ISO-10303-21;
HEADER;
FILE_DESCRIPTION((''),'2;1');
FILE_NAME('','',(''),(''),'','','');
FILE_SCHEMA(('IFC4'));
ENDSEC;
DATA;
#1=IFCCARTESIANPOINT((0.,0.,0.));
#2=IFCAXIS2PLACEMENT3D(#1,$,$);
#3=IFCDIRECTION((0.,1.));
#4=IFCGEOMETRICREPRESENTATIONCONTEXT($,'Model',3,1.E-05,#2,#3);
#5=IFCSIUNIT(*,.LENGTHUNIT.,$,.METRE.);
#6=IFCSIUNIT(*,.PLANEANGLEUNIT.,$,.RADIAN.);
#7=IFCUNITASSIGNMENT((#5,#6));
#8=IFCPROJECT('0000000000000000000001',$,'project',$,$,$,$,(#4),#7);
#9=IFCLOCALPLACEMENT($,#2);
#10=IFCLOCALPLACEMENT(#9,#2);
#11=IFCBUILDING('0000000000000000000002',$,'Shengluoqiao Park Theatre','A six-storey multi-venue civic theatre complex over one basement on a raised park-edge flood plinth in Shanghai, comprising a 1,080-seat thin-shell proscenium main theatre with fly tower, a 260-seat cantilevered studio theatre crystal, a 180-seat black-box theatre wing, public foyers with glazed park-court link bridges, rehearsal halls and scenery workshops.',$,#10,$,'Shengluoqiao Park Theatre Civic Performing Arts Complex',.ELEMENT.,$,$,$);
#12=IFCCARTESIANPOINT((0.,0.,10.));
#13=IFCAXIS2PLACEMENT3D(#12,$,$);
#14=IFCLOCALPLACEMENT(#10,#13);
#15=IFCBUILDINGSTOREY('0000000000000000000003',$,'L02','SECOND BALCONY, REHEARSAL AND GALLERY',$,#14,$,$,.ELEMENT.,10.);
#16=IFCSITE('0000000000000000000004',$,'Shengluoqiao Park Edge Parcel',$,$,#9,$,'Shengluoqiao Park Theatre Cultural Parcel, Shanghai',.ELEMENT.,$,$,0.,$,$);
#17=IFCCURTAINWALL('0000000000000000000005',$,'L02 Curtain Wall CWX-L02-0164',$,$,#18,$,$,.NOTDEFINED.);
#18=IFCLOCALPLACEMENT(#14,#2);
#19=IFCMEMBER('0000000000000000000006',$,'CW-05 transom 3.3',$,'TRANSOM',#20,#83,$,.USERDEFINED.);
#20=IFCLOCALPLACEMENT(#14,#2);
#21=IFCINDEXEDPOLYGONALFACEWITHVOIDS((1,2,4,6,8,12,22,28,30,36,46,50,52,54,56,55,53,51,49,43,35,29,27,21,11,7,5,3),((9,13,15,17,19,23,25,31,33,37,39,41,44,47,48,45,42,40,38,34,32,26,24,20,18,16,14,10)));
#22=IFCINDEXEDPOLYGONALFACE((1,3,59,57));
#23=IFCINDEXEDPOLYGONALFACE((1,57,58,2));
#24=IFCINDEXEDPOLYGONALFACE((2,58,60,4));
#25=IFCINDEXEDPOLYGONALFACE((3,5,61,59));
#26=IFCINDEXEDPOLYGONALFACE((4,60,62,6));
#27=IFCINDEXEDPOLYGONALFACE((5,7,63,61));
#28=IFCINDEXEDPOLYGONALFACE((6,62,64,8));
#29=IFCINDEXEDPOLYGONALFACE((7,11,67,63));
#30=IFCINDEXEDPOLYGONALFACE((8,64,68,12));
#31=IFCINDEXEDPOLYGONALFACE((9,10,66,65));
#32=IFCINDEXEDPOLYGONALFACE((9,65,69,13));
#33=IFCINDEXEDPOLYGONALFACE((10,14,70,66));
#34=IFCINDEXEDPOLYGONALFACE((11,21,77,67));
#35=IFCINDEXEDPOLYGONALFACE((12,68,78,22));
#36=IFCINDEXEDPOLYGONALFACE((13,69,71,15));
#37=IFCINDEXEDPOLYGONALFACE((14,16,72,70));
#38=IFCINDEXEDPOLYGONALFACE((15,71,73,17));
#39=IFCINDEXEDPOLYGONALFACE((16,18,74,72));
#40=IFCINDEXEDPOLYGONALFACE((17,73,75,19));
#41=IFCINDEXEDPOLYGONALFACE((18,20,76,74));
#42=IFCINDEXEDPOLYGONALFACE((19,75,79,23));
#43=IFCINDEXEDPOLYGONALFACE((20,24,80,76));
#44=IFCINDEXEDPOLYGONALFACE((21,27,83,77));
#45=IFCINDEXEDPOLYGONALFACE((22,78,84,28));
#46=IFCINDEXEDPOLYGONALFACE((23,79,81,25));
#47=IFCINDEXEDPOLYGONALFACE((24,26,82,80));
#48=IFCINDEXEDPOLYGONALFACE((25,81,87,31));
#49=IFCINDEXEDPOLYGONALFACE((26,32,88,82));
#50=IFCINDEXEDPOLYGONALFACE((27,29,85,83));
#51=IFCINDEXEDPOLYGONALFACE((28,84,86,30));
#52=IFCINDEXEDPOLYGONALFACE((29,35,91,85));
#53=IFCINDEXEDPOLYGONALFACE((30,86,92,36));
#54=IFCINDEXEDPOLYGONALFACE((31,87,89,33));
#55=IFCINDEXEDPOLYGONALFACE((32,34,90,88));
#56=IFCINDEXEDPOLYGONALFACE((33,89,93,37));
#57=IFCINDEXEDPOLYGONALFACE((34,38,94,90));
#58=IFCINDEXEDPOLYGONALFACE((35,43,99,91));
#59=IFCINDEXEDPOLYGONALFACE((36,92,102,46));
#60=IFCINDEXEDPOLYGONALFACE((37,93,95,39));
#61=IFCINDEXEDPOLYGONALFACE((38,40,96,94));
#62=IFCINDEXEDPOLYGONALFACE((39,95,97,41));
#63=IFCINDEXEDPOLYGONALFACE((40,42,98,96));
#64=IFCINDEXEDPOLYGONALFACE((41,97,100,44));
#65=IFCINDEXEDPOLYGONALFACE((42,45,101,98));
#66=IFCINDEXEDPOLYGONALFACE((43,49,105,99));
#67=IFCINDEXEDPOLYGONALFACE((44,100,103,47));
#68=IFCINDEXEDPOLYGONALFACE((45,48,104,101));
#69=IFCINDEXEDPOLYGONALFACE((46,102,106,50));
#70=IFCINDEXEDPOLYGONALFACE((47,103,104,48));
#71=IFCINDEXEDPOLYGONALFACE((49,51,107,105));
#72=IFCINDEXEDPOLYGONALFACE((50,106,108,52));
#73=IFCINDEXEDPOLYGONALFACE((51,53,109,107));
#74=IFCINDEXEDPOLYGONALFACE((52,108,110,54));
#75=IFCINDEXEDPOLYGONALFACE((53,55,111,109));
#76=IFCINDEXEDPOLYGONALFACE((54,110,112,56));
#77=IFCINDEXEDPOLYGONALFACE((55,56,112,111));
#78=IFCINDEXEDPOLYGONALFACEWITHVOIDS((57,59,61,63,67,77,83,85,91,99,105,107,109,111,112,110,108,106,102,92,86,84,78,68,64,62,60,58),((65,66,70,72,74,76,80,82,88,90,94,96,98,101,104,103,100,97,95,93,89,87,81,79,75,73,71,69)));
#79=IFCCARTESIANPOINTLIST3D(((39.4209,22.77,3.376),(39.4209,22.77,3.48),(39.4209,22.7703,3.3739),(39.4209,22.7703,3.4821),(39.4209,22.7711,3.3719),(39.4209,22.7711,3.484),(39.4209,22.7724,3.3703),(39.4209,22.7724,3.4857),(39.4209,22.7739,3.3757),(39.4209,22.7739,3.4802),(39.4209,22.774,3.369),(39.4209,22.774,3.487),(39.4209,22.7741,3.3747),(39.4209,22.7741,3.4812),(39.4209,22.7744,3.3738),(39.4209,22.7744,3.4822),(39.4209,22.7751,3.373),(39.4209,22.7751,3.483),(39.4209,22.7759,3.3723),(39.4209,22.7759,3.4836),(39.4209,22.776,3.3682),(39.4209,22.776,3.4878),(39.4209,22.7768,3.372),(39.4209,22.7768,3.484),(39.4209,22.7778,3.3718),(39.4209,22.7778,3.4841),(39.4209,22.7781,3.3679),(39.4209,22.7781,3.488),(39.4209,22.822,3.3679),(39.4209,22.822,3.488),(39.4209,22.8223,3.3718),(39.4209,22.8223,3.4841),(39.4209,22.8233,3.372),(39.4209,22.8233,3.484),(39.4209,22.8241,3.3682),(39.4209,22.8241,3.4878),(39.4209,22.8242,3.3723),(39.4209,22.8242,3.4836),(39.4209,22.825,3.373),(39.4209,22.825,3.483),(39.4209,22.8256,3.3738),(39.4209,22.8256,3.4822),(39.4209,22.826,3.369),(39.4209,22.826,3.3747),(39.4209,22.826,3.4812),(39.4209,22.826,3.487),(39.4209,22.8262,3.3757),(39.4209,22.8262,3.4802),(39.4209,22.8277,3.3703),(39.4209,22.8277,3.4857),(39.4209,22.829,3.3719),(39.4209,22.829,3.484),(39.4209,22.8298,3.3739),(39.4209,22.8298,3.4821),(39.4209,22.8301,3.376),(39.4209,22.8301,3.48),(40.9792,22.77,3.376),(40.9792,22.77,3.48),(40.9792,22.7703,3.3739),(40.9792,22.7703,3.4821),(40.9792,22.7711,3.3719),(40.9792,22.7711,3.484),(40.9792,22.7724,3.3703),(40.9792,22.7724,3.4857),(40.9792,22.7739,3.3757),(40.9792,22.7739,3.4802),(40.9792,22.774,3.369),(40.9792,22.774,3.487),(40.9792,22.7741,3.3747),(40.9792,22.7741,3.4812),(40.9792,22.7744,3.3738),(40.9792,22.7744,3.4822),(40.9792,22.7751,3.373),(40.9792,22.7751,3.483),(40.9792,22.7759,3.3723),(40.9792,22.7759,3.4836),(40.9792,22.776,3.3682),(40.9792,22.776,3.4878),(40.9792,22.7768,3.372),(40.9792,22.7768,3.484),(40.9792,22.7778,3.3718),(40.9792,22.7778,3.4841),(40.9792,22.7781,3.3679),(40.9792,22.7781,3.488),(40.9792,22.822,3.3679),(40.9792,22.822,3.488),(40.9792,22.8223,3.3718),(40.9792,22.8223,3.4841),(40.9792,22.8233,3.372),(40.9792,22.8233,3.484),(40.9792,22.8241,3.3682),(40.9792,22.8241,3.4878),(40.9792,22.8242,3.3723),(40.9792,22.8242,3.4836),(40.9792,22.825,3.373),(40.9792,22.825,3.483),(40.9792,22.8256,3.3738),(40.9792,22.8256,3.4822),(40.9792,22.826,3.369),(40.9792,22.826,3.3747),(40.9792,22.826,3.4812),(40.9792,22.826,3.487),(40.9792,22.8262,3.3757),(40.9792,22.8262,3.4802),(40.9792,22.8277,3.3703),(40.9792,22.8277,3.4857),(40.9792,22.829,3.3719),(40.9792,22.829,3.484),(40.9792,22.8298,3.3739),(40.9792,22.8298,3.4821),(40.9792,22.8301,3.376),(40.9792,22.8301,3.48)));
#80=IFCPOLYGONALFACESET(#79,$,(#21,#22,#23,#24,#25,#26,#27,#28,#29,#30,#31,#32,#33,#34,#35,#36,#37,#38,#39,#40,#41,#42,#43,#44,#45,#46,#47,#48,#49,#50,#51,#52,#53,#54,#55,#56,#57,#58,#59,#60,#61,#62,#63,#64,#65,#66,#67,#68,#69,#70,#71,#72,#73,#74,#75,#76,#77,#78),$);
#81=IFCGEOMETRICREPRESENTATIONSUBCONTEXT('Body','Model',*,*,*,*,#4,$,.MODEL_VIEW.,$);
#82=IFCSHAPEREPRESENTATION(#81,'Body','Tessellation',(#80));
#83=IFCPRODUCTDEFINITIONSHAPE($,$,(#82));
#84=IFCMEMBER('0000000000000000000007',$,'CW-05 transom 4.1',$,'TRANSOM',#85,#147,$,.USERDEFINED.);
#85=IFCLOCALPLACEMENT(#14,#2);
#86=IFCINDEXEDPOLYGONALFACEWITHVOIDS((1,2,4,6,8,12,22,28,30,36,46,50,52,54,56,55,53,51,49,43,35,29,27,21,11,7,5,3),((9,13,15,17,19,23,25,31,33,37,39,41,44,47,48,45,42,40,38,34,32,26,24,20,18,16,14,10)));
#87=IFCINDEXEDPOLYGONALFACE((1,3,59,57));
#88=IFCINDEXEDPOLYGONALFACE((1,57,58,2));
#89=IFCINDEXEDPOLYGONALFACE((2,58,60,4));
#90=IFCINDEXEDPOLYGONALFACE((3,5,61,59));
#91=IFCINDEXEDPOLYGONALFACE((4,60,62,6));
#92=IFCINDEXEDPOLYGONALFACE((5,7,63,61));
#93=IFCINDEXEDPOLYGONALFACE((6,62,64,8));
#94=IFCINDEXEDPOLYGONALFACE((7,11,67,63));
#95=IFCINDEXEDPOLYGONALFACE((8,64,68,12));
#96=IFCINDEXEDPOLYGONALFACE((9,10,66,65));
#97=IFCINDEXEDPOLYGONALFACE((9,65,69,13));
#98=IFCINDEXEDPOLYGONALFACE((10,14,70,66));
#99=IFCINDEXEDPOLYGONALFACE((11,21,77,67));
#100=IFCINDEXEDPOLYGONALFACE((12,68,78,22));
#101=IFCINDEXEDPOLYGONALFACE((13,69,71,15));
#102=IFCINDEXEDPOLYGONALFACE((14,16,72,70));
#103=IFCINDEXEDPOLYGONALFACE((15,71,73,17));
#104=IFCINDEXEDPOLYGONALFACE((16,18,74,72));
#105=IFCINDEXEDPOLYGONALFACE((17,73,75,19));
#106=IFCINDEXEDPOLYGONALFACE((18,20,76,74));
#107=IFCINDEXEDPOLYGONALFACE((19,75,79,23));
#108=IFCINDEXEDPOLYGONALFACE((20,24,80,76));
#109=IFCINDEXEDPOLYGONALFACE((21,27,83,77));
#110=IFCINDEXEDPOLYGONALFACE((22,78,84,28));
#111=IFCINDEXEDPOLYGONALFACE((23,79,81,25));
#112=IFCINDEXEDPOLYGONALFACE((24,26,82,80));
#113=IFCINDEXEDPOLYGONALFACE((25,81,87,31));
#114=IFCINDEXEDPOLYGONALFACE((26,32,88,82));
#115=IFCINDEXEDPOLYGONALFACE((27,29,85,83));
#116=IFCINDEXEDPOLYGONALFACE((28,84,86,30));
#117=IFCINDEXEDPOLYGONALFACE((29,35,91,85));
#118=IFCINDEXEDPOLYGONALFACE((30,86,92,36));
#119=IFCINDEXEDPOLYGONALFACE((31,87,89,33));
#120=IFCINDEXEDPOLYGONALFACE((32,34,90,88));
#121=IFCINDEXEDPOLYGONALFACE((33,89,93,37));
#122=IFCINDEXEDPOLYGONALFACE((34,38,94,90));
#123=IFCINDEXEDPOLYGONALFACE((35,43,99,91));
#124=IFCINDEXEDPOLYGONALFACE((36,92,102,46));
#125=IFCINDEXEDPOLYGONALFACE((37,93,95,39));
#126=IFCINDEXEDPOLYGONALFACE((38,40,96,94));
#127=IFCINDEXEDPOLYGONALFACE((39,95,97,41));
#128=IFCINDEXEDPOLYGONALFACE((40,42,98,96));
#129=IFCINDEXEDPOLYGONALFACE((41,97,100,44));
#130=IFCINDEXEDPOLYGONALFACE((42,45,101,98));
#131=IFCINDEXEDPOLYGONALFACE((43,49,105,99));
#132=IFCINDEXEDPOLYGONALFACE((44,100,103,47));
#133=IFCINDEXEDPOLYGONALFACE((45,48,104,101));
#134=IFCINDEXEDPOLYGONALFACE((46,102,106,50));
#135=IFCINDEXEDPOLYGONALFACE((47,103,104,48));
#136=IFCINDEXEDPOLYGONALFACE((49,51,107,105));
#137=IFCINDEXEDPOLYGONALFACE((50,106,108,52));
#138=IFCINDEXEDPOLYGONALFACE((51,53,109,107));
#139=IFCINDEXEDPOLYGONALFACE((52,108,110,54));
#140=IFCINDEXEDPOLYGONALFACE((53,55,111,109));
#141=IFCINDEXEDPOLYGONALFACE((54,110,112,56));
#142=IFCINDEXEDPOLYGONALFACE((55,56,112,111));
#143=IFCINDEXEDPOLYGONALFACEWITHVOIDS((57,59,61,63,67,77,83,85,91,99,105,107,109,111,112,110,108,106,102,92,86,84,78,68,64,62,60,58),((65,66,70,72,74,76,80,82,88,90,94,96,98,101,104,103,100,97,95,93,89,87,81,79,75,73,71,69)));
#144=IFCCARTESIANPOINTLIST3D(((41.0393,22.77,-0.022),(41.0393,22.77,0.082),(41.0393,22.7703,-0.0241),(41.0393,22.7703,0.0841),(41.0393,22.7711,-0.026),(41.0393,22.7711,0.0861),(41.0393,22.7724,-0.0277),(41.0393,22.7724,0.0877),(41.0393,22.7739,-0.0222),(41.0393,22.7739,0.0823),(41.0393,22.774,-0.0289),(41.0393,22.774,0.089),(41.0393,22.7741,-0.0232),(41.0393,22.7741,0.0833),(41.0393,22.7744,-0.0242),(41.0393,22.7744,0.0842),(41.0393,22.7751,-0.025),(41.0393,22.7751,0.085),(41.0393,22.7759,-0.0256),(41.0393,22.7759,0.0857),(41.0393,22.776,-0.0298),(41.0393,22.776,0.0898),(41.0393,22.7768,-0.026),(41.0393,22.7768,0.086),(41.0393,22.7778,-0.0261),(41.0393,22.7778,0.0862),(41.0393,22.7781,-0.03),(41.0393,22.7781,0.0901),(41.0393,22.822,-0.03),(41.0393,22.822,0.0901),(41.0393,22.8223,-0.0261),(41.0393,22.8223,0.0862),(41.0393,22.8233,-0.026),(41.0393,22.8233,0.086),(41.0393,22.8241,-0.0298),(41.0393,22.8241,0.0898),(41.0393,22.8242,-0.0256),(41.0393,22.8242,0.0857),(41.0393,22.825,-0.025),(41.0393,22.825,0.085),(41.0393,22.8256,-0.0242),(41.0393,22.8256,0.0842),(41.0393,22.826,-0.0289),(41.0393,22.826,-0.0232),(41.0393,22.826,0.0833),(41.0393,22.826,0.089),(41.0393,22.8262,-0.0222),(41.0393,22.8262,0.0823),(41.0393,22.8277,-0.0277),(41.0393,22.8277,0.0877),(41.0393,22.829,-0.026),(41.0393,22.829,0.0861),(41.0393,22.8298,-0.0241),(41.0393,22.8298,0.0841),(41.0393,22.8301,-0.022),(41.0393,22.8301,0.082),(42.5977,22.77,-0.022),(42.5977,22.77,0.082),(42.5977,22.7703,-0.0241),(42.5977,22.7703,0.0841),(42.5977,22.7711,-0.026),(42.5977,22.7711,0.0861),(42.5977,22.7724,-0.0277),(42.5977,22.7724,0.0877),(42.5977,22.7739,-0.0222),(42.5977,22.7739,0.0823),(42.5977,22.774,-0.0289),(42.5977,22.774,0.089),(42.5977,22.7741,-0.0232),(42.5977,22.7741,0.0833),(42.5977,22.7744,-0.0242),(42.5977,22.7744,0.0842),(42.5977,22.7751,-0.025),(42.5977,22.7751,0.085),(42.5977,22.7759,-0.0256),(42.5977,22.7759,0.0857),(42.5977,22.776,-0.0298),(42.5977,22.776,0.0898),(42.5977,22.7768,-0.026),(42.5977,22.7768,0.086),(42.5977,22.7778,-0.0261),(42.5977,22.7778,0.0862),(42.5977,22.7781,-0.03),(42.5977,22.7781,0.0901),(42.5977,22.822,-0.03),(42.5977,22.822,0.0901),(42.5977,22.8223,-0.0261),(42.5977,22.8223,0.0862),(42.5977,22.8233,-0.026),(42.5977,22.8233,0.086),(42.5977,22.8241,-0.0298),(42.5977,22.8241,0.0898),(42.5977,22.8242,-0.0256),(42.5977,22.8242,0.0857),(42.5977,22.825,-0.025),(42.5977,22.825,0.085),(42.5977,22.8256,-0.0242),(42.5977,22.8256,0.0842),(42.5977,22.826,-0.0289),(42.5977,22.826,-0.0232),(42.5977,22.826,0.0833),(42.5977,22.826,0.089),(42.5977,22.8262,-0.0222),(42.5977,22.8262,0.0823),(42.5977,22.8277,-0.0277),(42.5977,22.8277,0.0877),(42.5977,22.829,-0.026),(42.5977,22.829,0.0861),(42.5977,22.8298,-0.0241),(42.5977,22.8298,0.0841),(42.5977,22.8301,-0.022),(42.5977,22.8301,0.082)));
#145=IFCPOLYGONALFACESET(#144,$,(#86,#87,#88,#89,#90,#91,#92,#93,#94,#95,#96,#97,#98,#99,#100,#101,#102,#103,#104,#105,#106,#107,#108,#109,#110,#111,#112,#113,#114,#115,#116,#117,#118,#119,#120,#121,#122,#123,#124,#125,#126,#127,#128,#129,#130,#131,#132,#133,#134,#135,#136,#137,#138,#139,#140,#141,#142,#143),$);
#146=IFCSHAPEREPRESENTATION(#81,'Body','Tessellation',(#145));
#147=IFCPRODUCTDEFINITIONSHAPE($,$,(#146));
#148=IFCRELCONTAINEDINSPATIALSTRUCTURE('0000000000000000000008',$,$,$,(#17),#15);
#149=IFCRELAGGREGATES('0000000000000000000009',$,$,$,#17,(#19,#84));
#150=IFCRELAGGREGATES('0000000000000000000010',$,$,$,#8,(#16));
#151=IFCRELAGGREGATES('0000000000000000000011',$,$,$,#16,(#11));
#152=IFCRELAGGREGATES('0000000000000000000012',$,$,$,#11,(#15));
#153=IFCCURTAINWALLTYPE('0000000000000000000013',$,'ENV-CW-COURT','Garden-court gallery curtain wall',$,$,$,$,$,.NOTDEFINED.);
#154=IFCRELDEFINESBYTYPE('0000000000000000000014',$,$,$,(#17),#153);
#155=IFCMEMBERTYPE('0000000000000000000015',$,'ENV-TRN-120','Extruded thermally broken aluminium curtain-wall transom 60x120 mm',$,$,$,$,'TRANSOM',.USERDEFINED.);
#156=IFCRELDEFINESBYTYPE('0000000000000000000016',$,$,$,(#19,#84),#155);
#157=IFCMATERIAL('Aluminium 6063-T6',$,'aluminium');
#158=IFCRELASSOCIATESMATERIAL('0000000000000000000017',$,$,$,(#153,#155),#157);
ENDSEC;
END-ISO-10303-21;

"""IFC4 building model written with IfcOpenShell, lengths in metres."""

from ifc_helpers import new_model, si_unit, direction, frame, origin, origin_2d, place, context, subcontext, project, spatial, hollow_rectangle, extrude, material, material_profile, profile_set, type_object, element, aggregate, save


model = new_model("IFC4")

# Units and contexts
model_context = context("Model", 3, precision=1e-05, world=origin(), true_north=direction((0.0, 1.0)))
body_context = subcontext(model_context, "Body", "Model", "MODEL_VIEW")
ifc_project = project(units=[si_unit("LENGTHUNIT", "METRE"), si_unit("PLANEANGLEUNIT", "RADIAN")], contexts=[model_context])

# Site, building, storey
site_placement = place(None, origin())
site = spatial("IfcSite", under=ifc_project, at=site_placement, Name="Shengluoqiao Park Edge Parcel", LongName="Shengluoqiao Park Theatre Cultural Parcel, Shanghai", CompositionType="ELEMENT", RefElevation=0.0)
building_placement = place(site_placement, origin())
building = spatial("IfcBuilding", under=site, at=building_placement, Name="Shengluoqiao Park Theatre", Description="A six-storey multi-venue civic theatre complex over one basement on a raised park-edge flood plinth in Shanghai, comprising a 1,080-seat thin-shell proscenium main theatre with fly tower, a 260-seat cantilevered studio theatre crystal, a 180-seat black-box theatre wing, public foyers with glazed park-court link bridges, rehearsal halls and scenery workshops.", LongName="Shengluoqiao Park Theatre Civic Performing Arts Complex", CompositionType="ELEMENT")
storey_placement = place(building_placement, frame((0.0, 0.0, 10.0)))
storey = spatial("IfcBuildingStorey", under=building, at=storey_placement, Name="L02", Description="SECOND BALCONY, REHEARSAL AND GALLERY", CompositionType="ELEMENT", Elevation=10.0)

# Curtain wall, members
ifc_material_1 = material(Name="Aluminium 6063-T6", Category="aluminium")
curtain_wall_type = type_object("IfcCurtainWallType", Name="ENV-CW-COURT", Description="Garden-court gallery curtain wall", PredefinedType="NOTDEFINED", material=ifc_material_1)
curtain_wall_placement = place(storey_placement, origin())
curtain_wall = element("IfcCurtainWall", 1, at=curtain_wall_placement, inside=storey, type_object=curtain_wall_type, Name="L02 Curtain Wall CWX-L02-0164", PredefinedType="NOTDEFINED")
ifc_material_profile_1 = material_profile(ifc_material_1, hollow_rectangle(XDim=0.0601, YDim=0.1201, WallThickness=0.0039, InnerFilletRadius=0.0039, OuterFilletRadius=0.0081, at=origin_2d()), Name="ALU TRANSOM 120x60x4")
ifc_profile_set_1 = profile_set([ifc_material_profile_1], Name="Aluminium 6063-T6")
member_type_1 = type_object("IfcMemberType", Name="ENV-TRN-120", Description="Extruded thermally broken aluminium curtain-wall transom 60x120 mm", ElementType="TRANSOM", PredefinedType="USERDEFINED", material=ifc_profile_set_1)
member_1_placement = place(storey_placement, frame((39.4209, 22.8, 3.428), z_axis=(1.0, 0.0, 0.0), x_axis=(0.0, 1.0, 0.0)))
member_1 = element("IfcMember", 2, at=member_1_placement, type_object=member_type_1, Name="CW-05 transom 3.3", ObjectType="TRANSOM", PredefinedType="USERDEFINED", context=body_context, shape_type="SweptSolid", body=[
    extrude(hollow_rectangle(XDim=0.0601, YDim=0.1201, WallThickness=0.0039, InnerFilletRadius=0.0039, OuterFilletRadius=0.0081, at=origin_2d()), origin(), (0.0, 0.0, 1.0), 1.5583),
])
member_2_placement = place(storey_placement, frame((41.0393, 22.8, 0.03), z_axis=(1.0, 0.0, 0.0), x_axis=(0.0, 1.0, 0.0)))
member_2 = element("IfcMember", 3, at=member_2_placement, type_object=member_type_1, Name="CW-05 transom 4.1", ObjectType="TRANSOM", PredefinedType="USERDEFINED", context=body_context, shape_type="SweptSolid", body=[
    extrude(hollow_rectangle(XDim=0.0601, YDim=0.1201, WallThickness=0.0039, InnerFilletRadius=0.0039, OuterFilletRadius=0.0081, at=origin_2d()), origin(), (0.0, 0.0, 1.0), 1.5583),
])

aggregate(curtain_wall, [member_1, member_2])

save(model, "model.ifc")
